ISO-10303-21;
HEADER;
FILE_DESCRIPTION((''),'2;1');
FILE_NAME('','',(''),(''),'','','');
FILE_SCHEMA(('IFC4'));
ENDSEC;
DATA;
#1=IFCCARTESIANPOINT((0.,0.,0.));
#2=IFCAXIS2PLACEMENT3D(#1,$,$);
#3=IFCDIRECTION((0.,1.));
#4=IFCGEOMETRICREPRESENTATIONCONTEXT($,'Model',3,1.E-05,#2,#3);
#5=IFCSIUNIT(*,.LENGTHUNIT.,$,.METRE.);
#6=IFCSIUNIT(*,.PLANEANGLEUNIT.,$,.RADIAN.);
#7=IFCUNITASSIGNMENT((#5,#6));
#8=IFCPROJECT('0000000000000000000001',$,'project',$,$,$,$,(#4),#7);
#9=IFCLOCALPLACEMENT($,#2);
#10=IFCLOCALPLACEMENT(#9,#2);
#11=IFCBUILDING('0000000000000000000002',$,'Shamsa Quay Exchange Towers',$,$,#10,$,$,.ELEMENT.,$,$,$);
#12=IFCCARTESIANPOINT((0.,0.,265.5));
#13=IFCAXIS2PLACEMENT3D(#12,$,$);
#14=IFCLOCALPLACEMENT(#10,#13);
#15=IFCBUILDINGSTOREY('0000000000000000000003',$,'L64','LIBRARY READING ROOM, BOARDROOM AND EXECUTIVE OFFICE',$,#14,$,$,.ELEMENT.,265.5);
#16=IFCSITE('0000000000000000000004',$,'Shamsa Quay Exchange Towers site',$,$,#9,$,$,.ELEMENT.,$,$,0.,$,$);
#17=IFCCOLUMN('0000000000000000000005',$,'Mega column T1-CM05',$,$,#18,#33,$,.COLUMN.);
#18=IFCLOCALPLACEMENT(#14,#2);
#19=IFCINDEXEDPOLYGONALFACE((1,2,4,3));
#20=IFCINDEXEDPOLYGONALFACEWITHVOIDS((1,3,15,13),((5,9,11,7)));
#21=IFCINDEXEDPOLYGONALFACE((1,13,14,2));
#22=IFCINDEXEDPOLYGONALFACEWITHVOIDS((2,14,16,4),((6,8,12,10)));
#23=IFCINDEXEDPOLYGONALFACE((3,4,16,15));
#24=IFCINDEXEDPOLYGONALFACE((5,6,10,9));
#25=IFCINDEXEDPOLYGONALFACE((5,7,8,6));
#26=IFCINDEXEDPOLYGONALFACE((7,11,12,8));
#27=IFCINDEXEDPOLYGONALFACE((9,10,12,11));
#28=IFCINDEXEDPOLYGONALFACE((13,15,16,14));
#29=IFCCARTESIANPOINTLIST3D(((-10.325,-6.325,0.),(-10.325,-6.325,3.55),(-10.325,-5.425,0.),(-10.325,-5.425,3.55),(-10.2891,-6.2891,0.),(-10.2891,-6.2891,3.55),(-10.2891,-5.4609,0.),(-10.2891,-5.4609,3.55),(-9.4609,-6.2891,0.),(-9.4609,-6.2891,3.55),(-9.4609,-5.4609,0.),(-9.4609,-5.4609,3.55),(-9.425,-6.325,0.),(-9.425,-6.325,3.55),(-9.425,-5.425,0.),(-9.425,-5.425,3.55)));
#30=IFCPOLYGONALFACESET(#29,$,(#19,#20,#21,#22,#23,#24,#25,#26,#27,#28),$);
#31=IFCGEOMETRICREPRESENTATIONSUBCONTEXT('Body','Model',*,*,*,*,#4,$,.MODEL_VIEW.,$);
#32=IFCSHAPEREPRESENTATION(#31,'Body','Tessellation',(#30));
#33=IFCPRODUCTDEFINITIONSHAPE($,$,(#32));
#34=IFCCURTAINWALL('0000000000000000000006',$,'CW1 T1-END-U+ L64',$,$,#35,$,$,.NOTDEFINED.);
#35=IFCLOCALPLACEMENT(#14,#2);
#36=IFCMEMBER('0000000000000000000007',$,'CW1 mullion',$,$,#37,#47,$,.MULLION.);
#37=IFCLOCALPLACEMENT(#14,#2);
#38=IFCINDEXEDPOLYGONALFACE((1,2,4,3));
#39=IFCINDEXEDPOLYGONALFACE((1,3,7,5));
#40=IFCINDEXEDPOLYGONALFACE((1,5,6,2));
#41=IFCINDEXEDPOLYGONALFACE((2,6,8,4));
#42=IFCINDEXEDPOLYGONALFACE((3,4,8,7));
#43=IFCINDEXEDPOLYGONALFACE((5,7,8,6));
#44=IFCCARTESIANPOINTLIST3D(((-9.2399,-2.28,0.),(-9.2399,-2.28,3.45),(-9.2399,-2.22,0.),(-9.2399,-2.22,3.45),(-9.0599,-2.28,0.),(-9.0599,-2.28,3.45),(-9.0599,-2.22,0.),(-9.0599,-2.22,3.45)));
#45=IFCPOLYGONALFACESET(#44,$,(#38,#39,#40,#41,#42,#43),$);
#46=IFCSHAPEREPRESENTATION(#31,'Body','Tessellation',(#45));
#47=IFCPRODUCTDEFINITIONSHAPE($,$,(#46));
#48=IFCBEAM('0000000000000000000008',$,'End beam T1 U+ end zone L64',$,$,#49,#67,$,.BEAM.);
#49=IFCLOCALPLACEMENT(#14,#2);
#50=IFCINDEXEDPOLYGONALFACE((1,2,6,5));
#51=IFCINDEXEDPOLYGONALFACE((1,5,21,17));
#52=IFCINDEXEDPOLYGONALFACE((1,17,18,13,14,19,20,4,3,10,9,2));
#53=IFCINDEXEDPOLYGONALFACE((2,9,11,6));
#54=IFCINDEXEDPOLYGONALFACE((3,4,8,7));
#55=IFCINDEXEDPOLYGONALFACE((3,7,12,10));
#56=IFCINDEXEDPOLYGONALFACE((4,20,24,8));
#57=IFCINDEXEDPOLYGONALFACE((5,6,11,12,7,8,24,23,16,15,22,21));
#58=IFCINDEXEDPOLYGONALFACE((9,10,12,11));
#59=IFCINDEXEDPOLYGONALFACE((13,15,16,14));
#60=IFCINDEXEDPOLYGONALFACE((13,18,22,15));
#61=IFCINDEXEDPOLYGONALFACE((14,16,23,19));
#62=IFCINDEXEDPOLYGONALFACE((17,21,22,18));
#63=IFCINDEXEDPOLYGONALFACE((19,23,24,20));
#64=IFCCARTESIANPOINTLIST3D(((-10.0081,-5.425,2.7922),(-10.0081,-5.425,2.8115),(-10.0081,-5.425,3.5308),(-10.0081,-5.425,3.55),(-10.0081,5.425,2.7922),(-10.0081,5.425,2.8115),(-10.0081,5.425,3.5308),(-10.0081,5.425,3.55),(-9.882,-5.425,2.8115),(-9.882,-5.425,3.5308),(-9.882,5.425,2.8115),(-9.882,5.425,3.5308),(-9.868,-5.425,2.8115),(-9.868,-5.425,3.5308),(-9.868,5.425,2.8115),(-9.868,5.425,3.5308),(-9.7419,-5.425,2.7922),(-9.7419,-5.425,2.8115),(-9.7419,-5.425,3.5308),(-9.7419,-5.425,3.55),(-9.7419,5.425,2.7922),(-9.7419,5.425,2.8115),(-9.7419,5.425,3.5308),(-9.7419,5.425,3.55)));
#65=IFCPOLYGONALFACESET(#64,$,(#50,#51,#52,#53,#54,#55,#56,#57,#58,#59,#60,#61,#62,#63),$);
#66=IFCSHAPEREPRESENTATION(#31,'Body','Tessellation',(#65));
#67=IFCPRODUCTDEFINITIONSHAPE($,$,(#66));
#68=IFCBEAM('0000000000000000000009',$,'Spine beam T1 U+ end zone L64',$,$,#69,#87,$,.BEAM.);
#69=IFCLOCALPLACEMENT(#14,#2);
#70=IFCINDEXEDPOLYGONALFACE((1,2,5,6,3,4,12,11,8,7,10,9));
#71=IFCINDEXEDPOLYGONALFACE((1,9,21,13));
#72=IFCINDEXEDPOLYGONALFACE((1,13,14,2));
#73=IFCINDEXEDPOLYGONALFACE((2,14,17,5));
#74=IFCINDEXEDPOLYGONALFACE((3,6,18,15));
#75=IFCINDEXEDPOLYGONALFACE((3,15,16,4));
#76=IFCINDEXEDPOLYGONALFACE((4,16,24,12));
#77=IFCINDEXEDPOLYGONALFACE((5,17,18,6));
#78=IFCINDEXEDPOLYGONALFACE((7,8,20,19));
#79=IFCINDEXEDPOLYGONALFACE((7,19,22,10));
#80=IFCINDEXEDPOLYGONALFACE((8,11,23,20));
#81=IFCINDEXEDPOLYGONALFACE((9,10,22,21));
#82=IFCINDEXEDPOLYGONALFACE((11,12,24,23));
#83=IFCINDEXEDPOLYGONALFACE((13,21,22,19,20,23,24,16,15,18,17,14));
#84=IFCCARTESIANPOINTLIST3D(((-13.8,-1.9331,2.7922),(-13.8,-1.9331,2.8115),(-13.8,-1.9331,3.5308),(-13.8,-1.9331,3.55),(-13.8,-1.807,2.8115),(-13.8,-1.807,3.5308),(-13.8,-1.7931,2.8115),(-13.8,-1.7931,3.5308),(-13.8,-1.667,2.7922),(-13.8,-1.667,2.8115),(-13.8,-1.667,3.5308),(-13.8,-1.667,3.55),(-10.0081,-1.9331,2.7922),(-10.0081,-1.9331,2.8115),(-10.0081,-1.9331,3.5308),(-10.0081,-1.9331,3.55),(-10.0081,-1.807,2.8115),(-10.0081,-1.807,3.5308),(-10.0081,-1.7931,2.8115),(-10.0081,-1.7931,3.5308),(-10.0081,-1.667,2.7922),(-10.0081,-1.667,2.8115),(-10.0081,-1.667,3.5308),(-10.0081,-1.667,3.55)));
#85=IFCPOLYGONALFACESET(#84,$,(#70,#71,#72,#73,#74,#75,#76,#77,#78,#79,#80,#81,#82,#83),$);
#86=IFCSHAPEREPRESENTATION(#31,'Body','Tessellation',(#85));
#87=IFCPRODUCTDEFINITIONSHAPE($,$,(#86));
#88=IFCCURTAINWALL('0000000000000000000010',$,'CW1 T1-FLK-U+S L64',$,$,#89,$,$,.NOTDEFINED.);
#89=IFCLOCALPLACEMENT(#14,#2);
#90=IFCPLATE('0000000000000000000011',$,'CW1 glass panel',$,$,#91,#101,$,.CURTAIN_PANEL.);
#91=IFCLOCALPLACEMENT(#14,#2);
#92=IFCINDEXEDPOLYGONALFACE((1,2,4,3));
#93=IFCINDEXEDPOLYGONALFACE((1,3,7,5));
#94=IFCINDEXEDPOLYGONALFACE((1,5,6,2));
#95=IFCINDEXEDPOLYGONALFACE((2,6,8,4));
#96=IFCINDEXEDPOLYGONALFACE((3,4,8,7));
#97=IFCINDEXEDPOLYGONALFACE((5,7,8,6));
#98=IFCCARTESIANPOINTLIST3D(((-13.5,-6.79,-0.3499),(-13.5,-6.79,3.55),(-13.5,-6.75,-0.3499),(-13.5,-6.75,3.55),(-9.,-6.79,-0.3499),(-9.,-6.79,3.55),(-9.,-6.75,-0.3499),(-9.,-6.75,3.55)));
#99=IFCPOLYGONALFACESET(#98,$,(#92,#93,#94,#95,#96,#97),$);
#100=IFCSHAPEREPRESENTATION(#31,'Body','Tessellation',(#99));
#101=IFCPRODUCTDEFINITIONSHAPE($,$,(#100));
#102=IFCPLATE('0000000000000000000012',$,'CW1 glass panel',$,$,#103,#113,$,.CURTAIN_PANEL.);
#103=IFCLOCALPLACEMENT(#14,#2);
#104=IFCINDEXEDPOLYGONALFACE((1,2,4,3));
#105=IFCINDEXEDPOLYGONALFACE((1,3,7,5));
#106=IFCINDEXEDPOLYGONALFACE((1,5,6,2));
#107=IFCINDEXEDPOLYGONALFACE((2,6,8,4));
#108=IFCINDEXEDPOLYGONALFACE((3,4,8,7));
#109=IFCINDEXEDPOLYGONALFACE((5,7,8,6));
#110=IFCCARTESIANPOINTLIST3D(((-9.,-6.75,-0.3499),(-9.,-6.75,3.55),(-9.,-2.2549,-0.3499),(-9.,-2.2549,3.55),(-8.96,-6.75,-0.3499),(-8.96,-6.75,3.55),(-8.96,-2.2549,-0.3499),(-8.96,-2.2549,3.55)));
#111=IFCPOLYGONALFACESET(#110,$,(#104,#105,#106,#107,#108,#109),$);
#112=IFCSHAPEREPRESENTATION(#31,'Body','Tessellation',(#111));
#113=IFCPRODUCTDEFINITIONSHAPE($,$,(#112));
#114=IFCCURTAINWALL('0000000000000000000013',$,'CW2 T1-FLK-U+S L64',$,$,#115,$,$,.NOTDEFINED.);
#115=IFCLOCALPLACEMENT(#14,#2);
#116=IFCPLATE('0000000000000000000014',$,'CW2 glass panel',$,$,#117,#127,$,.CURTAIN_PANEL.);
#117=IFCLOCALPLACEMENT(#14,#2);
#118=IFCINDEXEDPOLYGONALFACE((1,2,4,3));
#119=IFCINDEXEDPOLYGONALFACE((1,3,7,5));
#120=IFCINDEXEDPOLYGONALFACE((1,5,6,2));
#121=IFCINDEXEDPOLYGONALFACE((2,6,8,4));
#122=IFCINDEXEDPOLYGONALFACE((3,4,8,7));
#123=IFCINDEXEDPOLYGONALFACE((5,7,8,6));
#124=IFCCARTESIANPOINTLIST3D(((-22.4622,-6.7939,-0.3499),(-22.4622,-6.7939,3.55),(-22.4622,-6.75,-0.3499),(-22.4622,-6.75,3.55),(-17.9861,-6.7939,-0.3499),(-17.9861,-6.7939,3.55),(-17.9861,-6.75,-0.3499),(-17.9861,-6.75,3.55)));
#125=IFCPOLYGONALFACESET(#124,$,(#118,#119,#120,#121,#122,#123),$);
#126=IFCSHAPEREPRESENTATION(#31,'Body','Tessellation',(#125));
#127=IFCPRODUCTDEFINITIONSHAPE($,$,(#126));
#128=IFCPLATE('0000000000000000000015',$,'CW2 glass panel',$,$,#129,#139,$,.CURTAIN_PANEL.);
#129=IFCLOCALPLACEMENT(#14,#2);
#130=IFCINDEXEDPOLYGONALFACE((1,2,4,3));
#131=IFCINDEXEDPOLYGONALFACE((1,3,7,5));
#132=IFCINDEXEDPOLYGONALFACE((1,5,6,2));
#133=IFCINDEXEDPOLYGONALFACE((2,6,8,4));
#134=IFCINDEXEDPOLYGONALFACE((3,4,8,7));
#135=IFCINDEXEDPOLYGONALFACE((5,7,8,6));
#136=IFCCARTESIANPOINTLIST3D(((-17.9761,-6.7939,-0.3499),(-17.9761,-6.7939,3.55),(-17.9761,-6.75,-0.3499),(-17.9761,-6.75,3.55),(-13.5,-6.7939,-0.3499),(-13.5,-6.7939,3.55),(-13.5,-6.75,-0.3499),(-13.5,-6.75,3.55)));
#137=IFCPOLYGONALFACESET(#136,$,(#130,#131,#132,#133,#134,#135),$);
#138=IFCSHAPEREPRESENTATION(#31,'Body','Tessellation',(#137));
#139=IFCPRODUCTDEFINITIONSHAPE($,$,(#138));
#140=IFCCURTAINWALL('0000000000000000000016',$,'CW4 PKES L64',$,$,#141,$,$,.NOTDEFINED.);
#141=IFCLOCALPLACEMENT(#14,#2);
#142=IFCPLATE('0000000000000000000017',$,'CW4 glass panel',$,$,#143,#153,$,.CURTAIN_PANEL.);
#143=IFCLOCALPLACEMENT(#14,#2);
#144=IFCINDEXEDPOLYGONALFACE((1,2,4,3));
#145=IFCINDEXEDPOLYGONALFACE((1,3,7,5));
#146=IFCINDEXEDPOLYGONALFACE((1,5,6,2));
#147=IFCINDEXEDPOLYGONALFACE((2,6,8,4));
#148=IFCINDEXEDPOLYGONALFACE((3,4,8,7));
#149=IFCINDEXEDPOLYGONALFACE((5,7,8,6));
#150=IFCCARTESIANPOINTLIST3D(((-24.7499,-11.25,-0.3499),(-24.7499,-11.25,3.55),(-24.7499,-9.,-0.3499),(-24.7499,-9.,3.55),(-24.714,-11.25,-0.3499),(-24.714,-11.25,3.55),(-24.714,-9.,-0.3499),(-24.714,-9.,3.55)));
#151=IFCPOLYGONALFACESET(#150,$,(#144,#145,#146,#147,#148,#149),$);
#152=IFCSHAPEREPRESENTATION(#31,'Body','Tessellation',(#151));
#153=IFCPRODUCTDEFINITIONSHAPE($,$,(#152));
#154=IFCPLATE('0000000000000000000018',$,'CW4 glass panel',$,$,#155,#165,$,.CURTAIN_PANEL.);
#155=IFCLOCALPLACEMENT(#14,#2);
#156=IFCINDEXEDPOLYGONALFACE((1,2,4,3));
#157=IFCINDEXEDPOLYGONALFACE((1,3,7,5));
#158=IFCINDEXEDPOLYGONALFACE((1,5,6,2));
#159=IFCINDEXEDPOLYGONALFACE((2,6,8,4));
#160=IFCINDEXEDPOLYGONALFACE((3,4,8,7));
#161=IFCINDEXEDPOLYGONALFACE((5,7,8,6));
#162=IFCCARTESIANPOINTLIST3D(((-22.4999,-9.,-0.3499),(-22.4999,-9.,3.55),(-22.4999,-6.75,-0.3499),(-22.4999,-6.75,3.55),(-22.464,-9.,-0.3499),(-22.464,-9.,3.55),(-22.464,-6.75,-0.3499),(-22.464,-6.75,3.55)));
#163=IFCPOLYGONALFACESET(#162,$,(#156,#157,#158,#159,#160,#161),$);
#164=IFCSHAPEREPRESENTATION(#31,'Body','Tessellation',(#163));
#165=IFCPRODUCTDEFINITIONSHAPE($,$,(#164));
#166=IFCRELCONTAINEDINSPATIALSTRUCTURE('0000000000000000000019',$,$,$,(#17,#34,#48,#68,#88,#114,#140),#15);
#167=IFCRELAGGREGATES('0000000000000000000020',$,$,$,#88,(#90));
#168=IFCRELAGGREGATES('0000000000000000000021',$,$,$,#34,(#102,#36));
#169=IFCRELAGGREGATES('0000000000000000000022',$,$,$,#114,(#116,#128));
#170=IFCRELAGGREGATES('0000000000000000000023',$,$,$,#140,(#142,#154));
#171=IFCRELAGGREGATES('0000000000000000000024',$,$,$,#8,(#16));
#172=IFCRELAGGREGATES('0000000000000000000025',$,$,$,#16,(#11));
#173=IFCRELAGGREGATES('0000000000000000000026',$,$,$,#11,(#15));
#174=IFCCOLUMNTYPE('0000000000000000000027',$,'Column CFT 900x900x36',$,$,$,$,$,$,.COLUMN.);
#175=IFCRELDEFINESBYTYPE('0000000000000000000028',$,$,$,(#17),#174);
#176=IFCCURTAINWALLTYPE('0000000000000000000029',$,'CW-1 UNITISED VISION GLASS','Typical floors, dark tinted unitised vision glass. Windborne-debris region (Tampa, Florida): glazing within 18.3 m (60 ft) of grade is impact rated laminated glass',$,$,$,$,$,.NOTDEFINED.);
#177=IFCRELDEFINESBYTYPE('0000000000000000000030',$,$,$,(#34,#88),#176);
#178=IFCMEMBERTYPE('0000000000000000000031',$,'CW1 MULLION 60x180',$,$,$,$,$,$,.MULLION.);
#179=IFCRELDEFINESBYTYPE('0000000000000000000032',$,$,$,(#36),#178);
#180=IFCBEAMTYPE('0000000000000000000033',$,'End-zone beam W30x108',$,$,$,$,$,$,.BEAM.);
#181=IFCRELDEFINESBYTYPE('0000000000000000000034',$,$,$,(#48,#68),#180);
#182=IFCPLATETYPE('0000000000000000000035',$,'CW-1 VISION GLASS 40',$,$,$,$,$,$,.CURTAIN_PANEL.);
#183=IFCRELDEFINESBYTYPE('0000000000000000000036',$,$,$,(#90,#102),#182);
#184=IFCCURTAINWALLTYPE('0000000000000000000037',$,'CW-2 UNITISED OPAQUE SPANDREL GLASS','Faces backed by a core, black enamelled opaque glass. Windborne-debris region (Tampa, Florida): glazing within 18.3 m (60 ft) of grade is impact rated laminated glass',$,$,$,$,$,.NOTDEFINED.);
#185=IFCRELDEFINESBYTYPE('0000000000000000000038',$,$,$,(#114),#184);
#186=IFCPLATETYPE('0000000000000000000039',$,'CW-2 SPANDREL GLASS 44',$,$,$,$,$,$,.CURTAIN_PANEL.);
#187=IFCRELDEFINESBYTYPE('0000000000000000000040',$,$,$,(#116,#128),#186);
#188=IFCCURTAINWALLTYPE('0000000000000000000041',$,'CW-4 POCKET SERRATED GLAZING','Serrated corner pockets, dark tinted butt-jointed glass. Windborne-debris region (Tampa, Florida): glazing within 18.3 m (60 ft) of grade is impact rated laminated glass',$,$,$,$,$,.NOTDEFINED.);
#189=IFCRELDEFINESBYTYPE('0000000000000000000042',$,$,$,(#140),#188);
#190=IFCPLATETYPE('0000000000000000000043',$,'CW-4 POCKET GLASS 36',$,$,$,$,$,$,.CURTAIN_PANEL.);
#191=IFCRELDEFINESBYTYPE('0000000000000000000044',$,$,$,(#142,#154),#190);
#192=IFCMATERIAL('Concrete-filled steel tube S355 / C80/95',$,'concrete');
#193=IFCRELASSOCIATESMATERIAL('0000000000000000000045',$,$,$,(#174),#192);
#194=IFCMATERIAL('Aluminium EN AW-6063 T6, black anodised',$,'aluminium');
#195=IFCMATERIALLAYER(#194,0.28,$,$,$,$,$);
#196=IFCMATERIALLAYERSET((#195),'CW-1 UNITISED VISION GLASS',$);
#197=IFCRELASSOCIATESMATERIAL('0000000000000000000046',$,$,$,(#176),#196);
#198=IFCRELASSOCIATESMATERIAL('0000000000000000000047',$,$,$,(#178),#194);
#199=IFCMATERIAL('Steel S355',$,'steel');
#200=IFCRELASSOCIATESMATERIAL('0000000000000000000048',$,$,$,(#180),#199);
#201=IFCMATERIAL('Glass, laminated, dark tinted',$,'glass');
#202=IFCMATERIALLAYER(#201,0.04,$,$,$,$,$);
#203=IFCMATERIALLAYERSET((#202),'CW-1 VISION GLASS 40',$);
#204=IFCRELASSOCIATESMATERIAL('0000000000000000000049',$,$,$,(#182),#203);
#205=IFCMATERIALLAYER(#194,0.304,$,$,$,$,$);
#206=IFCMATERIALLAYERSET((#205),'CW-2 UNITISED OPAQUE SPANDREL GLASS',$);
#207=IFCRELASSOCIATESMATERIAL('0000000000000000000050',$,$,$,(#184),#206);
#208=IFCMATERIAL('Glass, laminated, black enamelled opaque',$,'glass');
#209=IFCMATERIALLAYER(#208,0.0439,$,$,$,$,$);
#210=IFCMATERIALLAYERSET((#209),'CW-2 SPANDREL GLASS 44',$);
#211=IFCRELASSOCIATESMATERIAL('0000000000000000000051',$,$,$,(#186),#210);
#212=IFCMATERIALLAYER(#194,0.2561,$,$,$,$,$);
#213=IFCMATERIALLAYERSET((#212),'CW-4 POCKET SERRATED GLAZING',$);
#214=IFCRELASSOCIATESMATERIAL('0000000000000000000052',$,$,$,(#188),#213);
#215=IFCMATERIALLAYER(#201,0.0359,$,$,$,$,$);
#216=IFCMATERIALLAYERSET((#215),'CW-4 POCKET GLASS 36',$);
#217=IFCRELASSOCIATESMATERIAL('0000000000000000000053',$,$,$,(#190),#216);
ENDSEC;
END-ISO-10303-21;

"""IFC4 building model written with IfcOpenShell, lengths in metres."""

from ifc_helpers import new_model, si_unit, direction, frame, origin, origin_2d, place, context, subcontext, project, spatial, rectangle, hollow_rectangle, i_section, extrude, material, layer, layer_set, material_profile, profile_set, type_object, element, aggregate, save


model = new_model("IFC4")

# Units and contexts
model_context = context("Model", 3, precision=1e-05, world=origin(), true_north=direction((0.0, 1.0)))
body_context = subcontext(model_context, "Body", "Model", "MODEL_VIEW")
ifc_project = project(units=[si_unit("LENGTHUNIT", "METRE"), si_unit("PLANEANGLEUNIT", "RADIAN")], contexts=[model_context])

# Site, building, storey
site_placement = place(None, origin())
site = spatial("IfcSite", under=ifc_project, at=site_placement, Name="Shamsa Quay Exchange Towers site", CompositionType="ELEMENT", RefElevation=0.0)
building_placement = place(site_placement, origin())
building = spatial("IfcBuilding", under=site, at=building_placement, Name="Shamsa Quay Exchange Towers", CompositionType="ELEMENT")
storey_placement = place(building_placement, frame((0.0, 0.0, 265.5)))
storey = spatial("IfcBuildingStorey", under=building, at=storey_placement, Name="L64", Description="LIBRARY READING ROOM, BOARDROOM AND EXECUTIVE OFFICE", CompositionType="ELEMENT", Elevation=265.5)

# Column
ifc_material_1 = material(Name="Concrete-filled steel tube S355 / C80/95", Category="concrete")
ifc_material_profile_1 = material_profile(ifc_material_1, hollow_rectangle(XDim=0.8999, YDim=0.8999, WallThickness=0.0359, at=origin_2d()), Name="CFT 900x900x36")
ifc_profile_set_1 = profile_set([ifc_material_profile_1], Name="Concrete-filled steel tube S355 / C80/95")
column_type = type_object("IfcColumnType", Name="Column CFT 900x900x36", PredefinedType="COLUMN", material=ifc_profile_set_1)
column_placement = place(storey_placement, frame((-9.875, -5.875, 0.0)))
element("IfcColumn", 1, at=column_placement, inside=storey, type_object=column_type, Name="Mega column T1-CM05", PredefinedType="COLUMN", context=body_context, shape_type="SweptSolid", body=[
    extrude(hollow_rectangle(XDim=0.8999, YDim=0.8999, WallThickness=0.0359, at=origin_2d()), origin(), (0.0, 0.0, 1.0), 3.55),
])

# Curtain wall, member
ifc_material_2 = material(Name="Aluminium EN AW-6063 T6, black anodised", Category="aluminium")
ifc_layer_1 = layer(ifc_material_2, 0.28)
ifc_layer_set_1 = layer_set([ifc_layer_1], Name="CW-1 UNITISED VISION GLASS")
curtain_wall_type_1 = type_object("IfcCurtainWallType", Name="CW-1 UNITISED VISION GLASS", Description="Typical floors, dark tinted unitised vision glass. Windborne-debris region (Tampa, Florida): glazing within 18.3 m (60 ft) of grade is impact rated laminated glass", PredefinedType="NOTDEFINED", material=ifc_layer_set_1)
curtain_wall_1_placement = place(storey_placement, origin())
curtain_wall_1 = element("IfcCurtainWall", 2, at=curtain_wall_1_placement, inside=storey, type_object=curtain_wall_type_1, Name="CW1 T1-END-U+ L64", PredefinedType="NOTDEFINED")
ifc_material_profile_2 = material_profile(ifc_material_2, rectangle(XDim=0.1799, YDim=0.0601, at=origin_2d()), Name="MU60x180")
ifc_profile_set_2 = profile_set([ifc_material_profile_2], Name="Aluminium EN AW-6063 T6, black anodised")
member_type = type_object("IfcMemberType", Name="CW1 MULLION 60x180", PredefinedType="MULLION", material=ifc_profile_set_2)
member_placement = place(storey_placement, frame((-9.1499, -2.25, 0.0), z_axis=(0.0, 0.0, 1.0), x_axis=(-1.0, 0.0, 0.0)))
member = element("IfcMember", 3, at=member_placement, type_object=member_type, Name="CW1 mullion", PredefinedType="MULLION", context=body_context, shape_type="SweptSolid", body=[
    extrude(rectangle(XDim=0.1799, YDim=0.0601, at=origin_2d()), origin(), (0.0, 0.0, 1.0), 3.45),
])

# Beams
ifc_material_3 = material(Name="Steel S355", Category="steel")
ifc_material_profile_3 = material_profile(ifc_material_3, i_section(OverallWidth=0.2661, OverallDepth=0.7578, WebThickness=0.0139, FlangeThickness=0.0193, at=origin_2d()), Name="W30x108")
ifc_profile_set_3 = profile_set([ifc_material_profile_3], Name="Steel S355")
beam_type = type_object("IfcBeamType", Name="End-zone beam W30x108", PredefinedType="BEAM", material=ifc_profile_set_3)
beam_1_placement = place(storey_placement, frame((-9.875, -5.425, 3.1711), z_axis=(0.0, 1.0, 0.0), x_axis=(-1.0, 0.0, 0.0)))
element("IfcBeam", 4, at=beam_1_placement, inside=storey, type_object=beam_type, Name="End beam T1 U+ end zone L64", PredefinedType="BEAM", context=body_context, shape_type="SweptSolid", body=[
    extrude(i_section(OverallWidth=0.2661, OverallDepth=0.7578, WebThickness=0.0139, FlangeThickness=0.0193, at=origin_2d()), origin(), (0.0, 0.0, 1.0), 10.8501),
])
beam_2_placement = place(storey_placement, frame((-13.8, -1.8, 3.1711), z_axis=(1.0, 0.0, 0.0), x_axis=(0.0, 1.0, 0.0)))
element("IfcBeam", 5, at=beam_2_placement, inside=storey, type_object=beam_type, Name="Spine beam T1 U+ end zone L64", PredefinedType="BEAM", context=body_context, shape_type="SweptSolid", body=[
    extrude(i_section(OverallWidth=0.2661, OverallDepth=0.7578, WebThickness=0.0139, FlangeThickness=0.0193, at=origin_2d()), origin(), (0.0, 0.0, 1.0), 3.792),
])

# Curtain wall, plate
curtain_wall_2_placement = place(storey_placement, origin())
curtain_wall_2 = element("IfcCurtainWall", 6, at=curtain_wall_2_placement, inside=storey, type_object=curtain_wall_type_1, Name="CW1 T1-FLK-U+S L64", PredefinedType="NOTDEFINED")
ifc_material_4 = material(Name="Glass, laminated, dark tinted", Category="glass")
ifc_layer_2 = layer(ifc_material_4, 0.04)
ifc_layer_set_2 = layer_set([ifc_layer_2], Name="CW-1 VISION GLASS 40")
plate_type_1 = type_object("IfcPlateType", Name="CW-1 VISION GLASS 40", PredefinedType="CURTAIN_PANEL", material=ifc_layer_set_2)
plate_1_placement = place(storey_placement, frame((-11.25, -6.77, -0.3499)))
plate_1 = element("IfcPlate", 7, at=plate_1_placement, type_object=plate_type_1, Name="CW1 glass panel", PredefinedType="CURTAIN_PANEL", context=body_context, shape_type="SweptSolid", body=[
    extrude(rectangle(XDim=4.5, YDim=0.04, at=origin_2d()), origin(), (0.0, 0.0, 1.0), 3.8999),
])
aggregate(curtain_wall_2, [plate_1])

# Plate
plate_2_placement = place(storey_placement, frame((-8.98, -4.5024, -0.3499), z_axis=(0.0, 0.0, 1.0), x_axis=(0.0, 1.0, 0.0)))
plate_2 = element("IfcPlate", 8, at=plate_2_placement, type_object=plate_type_1, Name="CW1 glass panel", PredefinedType="CURTAIN_PANEL", context=body_context, shape_type="SweptSolid", body=[
    extrude(rectangle(XDim=4.4951, YDim=0.04, at=origin_2d()), origin(), (0.0, 0.0, 1.0), 3.8999),
])
aggregate(curtain_wall_1, [plate_2, member])

# Curtain walls, plates
ifc_layer_3 = layer(ifc_material_2, 0.304)
ifc_layer_set_3 = layer_set([ifc_layer_3], Name="CW-2 UNITISED OPAQUE SPANDREL GLASS")
curtain_wall_type_2 = type_object("IfcCurtainWallType", Name="CW-2 UNITISED OPAQUE SPANDREL GLASS", Description="Faces backed by a core, black enamelled opaque glass. Windborne-debris region (Tampa, Florida): glazing within 18.3 m (60 ft) of grade is impact rated laminated glass", PredefinedType="NOTDEFINED", material=ifc_layer_set_3)
curtain_wall_3_placement = place(storey_placement, origin())
curtain_wall_3 = element("IfcCurtainWall", 9, at=curtain_wall_3_placement, inside=storey, type_object=curtain_wall_type_2, Name="CW2 T1-FLK-U+S L64", PredefinedType="NOTDEFINED")
ifc_material_5 = material(Name="Glass, laminated, black enamelled opaque", Category="glass")
ifc_layer_4 = layer(ifc_material_5, 0.0439)
ifc_layer_set_4 = layer_set([ifc_layer_4], Name="CW-2 SPANDREL GLASS 44")
plate_type_2 = type_object("IfcPlateType", Name="CW-2 SPANDREL GLASS 44", PredefinedType="CURTAIN_PANEL", material=ifc_layer_set_4)
plate_3_placement = place(storey_placement, frame((-20.2241, -6.772, -0.3499)))
plate_3 = element("IfcPlate", 10, at=plate_3_placement, type_object=plate_type_2, Name="CW2 glass panel", PredefinedType="CURTAIN_PANEL", context=body_context, shape_type="SweptSolid", body=[
    extrude(rectangle(XDim=4.4761, YDim=0.0439, at=origin_2d()), origin(), (0.0, 0.0, 1.0), 3.8999),
])
plate_4_placement = place(storey_placement, frame((-15.738, -6.772, -0.3499)))
plate_4 = element("IfcPlate", 11, at=plate_4_placement, type_object=plate_type_2, Name="CW2 glass panel", PredefinedType="CURTAIN_PANEL", context=body_context, shape_type="SweptSolid", body=[
    extrude(rectangle(XDim=4.4761, YDim=0.0439, at=origin_2d()), origin(), (0.0, 0.0, 1.0), 3.8999),
])
aggregate(curtain_wall_3, [plate_3, plate_4])
ifc_layer_5 = layer(ifc_material_2, 0.2561)
ifc_layer_set_5 = layer_set([ifc_layer_5], Name="CW-4 POCKET SERRATED GLAZING")
curtain_wall_type_3 = type_object("IfcCurtainWallType", Name="CW-4 POCKET SERRATED GLAZING", Description="Serrated corner pockets, dark tinted butt-jointed glass. Windborne-debris region (Tampa, Florida): glazing within 18.3 m (60 ft) of grade is impact rated laminated glass", PredefinedType="NOTDEFINED", material=ifc_layer_set_5)
curtain_wall_4_placement = place(storey_placement, origin())
curtain_wall_4 = element("IfcCurtainWall", 12, at=curtain_wall_4_placement, inside=storey, type_object=curtain_wall_type_3, Name="CW4 PKES L64", PredefinedType="NOTDEFINED")
ifc_layer_6 = layer(ifc_material_4, 0.0359)
ifc_layer_set_6 = layer_set([ifc_layer_6], Name="CW-4 POCKET GLASS 36")
plate_type_3 = type_object("IfcPlateType", Name="CW-4 POCKET GLASS 36", PredefinedType="CURTAIN_PANEL", material=ifc_layer_set_6)
plate_5_placement = place(storey_placement, frame((-24.7319, -10.125, -0.3499), z_axis=(0.0, 0.0, 1.0), x_axis=(0.0, 1.0, 0.0)))
plate_5 = element("IfcPlate", 13, at=plate_5_placement, type_object=plate_type_3, Name="CW4 glass panel", PredefinedType="CURTAIN_PANEL", context=body_context, shape_type="SweptSolid", body=[
    extrude(rectangle(XDim=2.25, YDim=0.0359, at=origin_2d()), origin(), (0.0, 0.0, 1.0), 3.8999),
])
plate_6_placement = place(storey_placement, frame((-22.4819, -7.875, -0.3499), z_axis=(0.0, 0.0, 1.0), x_axis=(0.0, 1.0, 0.0)))
plate_6 = element("IfcPlate", 14, at=plate_6_placement, type_object=plate_type_3, Name="CW4 glass panel", PredefinedType="CURTAIN_PANEL", context=body_context, shape_type="SweptSolid", body=[
    extrude(rectangle(XDim=2.25, YDim=0.0359, at=origin_2d()), origin(), (0.0, 0.0, 1.0), 3.8999),
])
aggregate(curtain_wall_4, [plate_5, plate_6])

save(model, "model.ifc")
